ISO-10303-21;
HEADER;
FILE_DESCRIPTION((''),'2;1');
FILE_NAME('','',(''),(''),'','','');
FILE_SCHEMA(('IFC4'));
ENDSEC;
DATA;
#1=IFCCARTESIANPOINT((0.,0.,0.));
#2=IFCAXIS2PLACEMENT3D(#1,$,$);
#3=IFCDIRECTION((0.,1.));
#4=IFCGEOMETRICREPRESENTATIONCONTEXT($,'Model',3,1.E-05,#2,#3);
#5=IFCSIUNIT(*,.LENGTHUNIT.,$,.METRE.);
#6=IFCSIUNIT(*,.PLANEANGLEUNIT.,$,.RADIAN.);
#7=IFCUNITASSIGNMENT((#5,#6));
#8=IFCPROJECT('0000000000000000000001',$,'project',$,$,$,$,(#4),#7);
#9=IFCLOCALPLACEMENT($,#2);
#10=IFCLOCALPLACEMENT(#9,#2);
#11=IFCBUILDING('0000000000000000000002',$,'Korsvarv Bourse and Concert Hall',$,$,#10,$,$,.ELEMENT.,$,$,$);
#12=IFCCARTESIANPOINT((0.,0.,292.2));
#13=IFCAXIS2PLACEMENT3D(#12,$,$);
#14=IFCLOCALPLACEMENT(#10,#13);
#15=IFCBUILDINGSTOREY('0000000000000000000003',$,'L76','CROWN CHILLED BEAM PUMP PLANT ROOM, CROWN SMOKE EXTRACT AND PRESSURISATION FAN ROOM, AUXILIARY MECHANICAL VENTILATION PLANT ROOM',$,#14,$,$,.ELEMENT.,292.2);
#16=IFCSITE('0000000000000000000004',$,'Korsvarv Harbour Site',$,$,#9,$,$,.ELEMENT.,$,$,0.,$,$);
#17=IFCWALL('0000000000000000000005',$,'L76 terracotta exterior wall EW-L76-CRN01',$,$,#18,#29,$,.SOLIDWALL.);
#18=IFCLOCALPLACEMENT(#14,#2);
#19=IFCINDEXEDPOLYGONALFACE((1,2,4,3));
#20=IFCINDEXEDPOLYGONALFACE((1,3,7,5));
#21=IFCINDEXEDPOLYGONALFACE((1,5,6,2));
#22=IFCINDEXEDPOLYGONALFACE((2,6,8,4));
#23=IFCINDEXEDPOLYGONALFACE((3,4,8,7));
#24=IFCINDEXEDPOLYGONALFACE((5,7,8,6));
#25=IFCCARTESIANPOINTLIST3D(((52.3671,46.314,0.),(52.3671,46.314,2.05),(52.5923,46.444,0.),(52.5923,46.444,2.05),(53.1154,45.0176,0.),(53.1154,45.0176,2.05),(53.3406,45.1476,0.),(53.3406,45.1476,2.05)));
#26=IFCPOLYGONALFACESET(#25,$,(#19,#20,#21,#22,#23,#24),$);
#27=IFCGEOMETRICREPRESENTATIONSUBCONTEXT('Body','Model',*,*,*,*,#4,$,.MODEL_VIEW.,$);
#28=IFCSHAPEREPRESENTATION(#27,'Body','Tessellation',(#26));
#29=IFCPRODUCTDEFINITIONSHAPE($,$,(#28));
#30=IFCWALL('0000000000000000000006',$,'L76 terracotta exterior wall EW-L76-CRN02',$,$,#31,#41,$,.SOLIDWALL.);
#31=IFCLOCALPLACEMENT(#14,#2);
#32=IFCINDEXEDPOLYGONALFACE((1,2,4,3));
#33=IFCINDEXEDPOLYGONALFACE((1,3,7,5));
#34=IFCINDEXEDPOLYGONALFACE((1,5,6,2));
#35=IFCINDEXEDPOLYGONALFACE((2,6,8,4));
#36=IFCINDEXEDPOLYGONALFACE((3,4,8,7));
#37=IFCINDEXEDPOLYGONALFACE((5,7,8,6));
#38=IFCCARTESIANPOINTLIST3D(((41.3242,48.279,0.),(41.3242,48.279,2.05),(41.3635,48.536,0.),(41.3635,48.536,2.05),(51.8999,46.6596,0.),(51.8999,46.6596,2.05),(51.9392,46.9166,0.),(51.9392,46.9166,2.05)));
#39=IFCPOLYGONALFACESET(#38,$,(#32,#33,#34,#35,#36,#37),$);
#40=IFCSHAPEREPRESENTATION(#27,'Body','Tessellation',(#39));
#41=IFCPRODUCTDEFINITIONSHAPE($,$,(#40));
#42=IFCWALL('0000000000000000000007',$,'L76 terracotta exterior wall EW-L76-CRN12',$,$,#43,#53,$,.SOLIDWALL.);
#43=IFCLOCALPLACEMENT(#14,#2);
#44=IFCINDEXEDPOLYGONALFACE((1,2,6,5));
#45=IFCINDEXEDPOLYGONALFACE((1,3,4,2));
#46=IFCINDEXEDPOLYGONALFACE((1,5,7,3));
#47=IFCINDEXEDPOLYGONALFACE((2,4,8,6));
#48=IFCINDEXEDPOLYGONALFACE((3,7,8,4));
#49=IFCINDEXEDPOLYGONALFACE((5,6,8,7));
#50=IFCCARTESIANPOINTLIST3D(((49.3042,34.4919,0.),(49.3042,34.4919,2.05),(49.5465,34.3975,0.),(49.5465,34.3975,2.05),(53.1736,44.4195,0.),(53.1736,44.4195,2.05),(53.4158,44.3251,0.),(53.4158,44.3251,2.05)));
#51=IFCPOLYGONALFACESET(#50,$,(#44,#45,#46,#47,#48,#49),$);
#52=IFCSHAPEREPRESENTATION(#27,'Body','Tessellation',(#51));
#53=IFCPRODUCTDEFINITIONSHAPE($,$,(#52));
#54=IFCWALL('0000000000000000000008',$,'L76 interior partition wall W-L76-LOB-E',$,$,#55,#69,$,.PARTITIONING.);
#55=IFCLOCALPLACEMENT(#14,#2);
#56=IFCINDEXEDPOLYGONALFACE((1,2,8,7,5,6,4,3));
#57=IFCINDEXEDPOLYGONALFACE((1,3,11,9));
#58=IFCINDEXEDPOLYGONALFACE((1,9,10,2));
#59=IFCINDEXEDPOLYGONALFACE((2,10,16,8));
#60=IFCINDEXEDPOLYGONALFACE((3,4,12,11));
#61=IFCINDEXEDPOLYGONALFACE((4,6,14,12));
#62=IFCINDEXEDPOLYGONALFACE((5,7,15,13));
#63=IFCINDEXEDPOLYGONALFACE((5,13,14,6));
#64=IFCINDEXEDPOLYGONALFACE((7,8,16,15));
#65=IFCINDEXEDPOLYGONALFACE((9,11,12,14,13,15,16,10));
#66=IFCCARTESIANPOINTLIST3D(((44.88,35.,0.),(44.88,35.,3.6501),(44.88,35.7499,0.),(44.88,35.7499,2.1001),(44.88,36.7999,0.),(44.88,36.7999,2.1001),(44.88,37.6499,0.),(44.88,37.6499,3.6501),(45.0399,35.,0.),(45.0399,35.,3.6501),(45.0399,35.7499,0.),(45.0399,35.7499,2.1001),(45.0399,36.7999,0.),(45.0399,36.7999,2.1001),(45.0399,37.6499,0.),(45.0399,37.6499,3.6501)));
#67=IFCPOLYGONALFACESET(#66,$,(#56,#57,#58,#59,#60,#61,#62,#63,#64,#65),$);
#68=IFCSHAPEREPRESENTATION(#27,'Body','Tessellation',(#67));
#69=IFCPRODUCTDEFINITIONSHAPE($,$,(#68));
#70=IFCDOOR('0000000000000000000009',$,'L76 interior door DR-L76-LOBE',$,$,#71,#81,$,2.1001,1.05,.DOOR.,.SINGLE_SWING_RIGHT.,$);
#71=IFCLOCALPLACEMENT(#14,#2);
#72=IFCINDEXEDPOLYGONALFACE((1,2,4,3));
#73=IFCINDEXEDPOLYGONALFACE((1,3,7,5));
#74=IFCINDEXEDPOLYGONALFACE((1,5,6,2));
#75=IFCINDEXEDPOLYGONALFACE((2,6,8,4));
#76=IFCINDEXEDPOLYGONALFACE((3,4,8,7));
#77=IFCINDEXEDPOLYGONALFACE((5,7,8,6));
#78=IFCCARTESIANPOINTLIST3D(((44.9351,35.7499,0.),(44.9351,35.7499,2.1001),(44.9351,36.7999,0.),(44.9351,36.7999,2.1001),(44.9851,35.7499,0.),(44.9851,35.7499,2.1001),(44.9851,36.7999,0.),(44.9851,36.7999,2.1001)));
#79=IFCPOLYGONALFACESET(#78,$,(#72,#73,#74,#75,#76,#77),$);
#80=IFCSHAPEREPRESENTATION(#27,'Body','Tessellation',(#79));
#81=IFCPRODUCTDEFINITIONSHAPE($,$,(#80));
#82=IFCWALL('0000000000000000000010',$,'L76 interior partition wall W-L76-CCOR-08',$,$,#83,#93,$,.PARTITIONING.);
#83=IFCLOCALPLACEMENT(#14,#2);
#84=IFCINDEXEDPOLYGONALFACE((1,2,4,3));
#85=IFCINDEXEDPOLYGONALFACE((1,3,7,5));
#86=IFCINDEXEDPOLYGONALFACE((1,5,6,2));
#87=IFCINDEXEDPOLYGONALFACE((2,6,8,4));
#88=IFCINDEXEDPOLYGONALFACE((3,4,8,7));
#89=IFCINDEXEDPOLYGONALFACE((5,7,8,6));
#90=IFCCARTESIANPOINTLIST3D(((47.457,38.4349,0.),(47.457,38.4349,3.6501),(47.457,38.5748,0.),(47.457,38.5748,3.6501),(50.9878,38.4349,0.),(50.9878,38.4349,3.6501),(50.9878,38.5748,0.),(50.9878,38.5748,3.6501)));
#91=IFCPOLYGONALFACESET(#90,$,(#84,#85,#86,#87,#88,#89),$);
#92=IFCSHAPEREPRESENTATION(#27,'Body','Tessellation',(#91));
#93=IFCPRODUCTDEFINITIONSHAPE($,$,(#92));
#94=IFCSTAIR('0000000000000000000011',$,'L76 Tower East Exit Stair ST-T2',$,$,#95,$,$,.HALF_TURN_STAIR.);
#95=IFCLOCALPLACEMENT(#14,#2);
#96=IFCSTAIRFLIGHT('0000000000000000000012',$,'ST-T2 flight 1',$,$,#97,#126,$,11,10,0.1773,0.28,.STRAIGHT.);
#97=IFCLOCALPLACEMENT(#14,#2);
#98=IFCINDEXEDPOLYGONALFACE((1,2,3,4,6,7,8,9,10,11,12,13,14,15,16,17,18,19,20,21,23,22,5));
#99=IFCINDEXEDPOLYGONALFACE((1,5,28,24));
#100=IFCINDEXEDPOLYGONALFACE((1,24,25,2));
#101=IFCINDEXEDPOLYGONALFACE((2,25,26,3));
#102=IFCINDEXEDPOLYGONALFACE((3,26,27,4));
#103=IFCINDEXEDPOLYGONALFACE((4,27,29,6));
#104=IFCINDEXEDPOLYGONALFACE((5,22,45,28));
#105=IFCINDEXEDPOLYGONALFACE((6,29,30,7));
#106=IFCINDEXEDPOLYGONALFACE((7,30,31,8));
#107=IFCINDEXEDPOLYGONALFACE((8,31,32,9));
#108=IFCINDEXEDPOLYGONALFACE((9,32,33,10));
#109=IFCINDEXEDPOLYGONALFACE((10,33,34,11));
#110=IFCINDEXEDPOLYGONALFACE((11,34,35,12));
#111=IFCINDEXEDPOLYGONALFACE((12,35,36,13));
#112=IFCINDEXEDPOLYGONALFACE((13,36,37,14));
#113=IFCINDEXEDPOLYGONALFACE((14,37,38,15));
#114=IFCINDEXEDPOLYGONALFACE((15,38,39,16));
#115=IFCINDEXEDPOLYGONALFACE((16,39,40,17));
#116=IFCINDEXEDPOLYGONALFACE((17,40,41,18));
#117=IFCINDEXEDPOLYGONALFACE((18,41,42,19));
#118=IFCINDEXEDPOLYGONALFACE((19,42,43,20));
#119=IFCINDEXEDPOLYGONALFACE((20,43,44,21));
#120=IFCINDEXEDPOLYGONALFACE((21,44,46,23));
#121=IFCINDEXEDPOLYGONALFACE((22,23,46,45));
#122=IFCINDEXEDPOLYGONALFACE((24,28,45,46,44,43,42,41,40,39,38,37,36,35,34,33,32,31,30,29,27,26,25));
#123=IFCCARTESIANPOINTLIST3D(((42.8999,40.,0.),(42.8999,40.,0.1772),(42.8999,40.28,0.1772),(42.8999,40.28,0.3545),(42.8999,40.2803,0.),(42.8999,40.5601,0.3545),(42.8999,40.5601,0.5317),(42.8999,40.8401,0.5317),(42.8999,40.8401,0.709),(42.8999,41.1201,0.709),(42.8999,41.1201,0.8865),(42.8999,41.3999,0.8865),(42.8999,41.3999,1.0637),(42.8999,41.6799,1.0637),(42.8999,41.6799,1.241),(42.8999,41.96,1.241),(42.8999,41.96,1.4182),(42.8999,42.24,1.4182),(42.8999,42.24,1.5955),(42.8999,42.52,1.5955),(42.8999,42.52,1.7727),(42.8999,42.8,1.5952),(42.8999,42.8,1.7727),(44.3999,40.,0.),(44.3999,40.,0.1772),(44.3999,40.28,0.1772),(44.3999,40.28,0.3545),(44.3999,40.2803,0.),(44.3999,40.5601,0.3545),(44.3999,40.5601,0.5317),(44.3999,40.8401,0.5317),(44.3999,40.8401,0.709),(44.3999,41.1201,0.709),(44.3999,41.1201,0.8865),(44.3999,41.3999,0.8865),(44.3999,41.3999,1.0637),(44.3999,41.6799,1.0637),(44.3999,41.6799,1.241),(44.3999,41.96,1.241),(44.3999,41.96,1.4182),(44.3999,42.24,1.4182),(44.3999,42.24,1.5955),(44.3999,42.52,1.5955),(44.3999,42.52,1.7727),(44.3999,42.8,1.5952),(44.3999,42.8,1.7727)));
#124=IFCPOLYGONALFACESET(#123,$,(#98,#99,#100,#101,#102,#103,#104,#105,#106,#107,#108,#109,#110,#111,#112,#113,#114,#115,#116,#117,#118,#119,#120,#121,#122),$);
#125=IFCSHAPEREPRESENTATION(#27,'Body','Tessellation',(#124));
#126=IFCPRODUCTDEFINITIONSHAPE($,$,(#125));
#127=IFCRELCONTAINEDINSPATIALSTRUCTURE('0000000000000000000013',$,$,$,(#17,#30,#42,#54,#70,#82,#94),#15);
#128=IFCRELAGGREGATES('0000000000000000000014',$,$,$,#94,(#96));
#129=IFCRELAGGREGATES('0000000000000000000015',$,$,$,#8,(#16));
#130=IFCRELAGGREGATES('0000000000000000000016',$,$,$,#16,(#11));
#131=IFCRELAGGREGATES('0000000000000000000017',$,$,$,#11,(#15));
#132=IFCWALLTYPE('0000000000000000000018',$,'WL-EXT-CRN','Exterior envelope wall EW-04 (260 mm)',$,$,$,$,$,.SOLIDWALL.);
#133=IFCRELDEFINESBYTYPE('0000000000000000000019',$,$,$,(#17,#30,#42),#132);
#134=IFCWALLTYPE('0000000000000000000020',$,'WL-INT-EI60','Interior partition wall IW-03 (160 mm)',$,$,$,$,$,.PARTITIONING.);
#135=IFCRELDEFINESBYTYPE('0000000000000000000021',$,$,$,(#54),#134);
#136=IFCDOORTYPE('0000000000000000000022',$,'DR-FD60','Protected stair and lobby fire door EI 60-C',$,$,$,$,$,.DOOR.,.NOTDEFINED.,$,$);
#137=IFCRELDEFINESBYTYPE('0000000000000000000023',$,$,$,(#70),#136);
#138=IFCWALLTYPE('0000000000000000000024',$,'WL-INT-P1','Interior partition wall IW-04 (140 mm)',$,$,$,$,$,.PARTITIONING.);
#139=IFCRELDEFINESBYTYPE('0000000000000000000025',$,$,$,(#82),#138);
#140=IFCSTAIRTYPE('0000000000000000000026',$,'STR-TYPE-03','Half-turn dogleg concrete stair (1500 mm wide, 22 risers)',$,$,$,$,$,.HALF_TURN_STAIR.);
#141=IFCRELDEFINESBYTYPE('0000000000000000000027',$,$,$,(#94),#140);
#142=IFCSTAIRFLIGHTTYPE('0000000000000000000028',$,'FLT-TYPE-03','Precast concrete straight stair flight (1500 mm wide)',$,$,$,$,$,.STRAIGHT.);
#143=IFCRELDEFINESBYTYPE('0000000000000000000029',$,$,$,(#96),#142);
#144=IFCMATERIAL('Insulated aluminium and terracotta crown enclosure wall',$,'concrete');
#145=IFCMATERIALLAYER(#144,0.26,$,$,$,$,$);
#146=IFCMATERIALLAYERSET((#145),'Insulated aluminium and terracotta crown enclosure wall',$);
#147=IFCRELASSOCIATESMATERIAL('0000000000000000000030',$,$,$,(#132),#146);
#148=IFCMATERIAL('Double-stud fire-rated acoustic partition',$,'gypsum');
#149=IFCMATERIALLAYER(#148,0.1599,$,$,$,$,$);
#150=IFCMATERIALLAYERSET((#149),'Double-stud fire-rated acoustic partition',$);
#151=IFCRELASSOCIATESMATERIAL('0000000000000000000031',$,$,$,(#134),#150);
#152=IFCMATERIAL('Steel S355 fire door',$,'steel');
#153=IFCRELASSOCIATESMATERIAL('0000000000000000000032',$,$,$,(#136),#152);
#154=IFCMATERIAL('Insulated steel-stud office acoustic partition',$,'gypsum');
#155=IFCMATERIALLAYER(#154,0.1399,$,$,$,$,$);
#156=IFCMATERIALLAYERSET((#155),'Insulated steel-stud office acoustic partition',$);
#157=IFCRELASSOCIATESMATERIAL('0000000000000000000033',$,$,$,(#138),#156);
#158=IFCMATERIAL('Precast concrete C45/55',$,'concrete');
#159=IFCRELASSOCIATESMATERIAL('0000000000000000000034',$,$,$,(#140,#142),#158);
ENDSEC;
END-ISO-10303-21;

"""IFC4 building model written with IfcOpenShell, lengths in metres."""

from ifc_helpers import new_model, si_unit, direction, frame, frame_2d, origin, place, context, subcontext, project, spatial, polyline, rectangle, outline, extrude, material, layer, layer_set, type_object, element, fill, aggregate, save


model = new_model("IFC4")

# Units and contexts
model_context = context("Model", 3, precision=1e-05, world=origin(), true_north=direction((0.0, 1.0)))
body_context = subcontext(model_context, "Body", "Model", "MODEL_VIEW")
ifc_project = project(units=[si_unit("LENGTHUNIT", "METRE"), si_unit("PLANEANGLEUNIT", "RADIAN")], contexts=[model_context])

# Site, building, storey
site_placement = place(None, origin())
site = spatial("IfcSite", under=ifc_project, at=site_placement, Name="Korsvarv Harbour Site", CompositionType="ELEMENT", RefElevation=0.0)
building_placement = place(site_placement, origin())
building = spatial("IfcBuilding", under=site, at=building_placement, Name="Korsvarv Bourse and Concert Hall", CompositionType="ELEMENT")
storey_placement = place(building_placement, frame((0.0, 0.0, 292.2)))
storey = spatial("IfcBuildingStorey", under=building, at=storey_placement, Name="L76", Description="CROWN CHILLED BEAM PUMP PLANT ROOM, CROWN SMOKE EXTRACT AND PRESSURISATION FAN ROOM, AUXILIARY MECHANICAL VENTILATION PLANT ROOM", CompositionType="ELEMENT", Elevation=292.2)

# Walls
ifc_material_1 = material(Name="Insulated aluminium and terracotta crown enclosure wall", Category="concrete")
ifc_layer_1 = layer(ifc_material_1, 0.26)
ifc_layer_set_1 = layer_set([ifc_layer_1], Name="Insulated aluminium and terracotta crown enclosure wall")
wall_type_1 = type_object("IfcWallType", Name="WL-EXT-CRN", Description="Exterior envelope wall EW-04 (260 mm)", PredefinedType="SOLIDWALL", material=ifc_layer_set_1)
wall_1_placement = place(storey_placement, frame((53.228, 45.0825, 0.0), z_axis=(0.0, 0.0, 1.0), x_axis=(-0.499911, 0.866077, 0.0)))
element("IfcWall", 1, at=wall_1_placement, inside=storey, type_object=wall_type_1, Name="L76 terracotta exterior wall EW-L76-CRN01", PredefinedType="SOLIDWALL", context=body_context, shape_type="SweptSolid", body=[
    extrude(rectangle(XDim=1.4968, YDim=0.26, at=frame_2d((0.7485, 0.0))), origin(), (0.0, 0.0, 1.0), 2.05),
])
wall_2_placement = place(storey_placement, frame((51.9197, 46.7881, 0.0), z_axis=(0.0, 0.0, 1.0), x_axis=(-0.988479, 0.151359, 0.0)))
element("IfcWall", 2, at=wall_2_placement, inside=storey, type_object=wall_type_1, Name="L76 terracotta exterior wall EW-L76-CRN02", PredefinedType="SOLIDWALL", context=body_context, shape_type="SweptSolid", body=[
    extrude(rectangle(XDim=10.699, YDim=0.26, at=frame_2d((5.3496, 0.0))), origin(), (0.0, 0.0, 1.0), 2.05),
])
wall_3_placement = place(storey_placement, frame((49.4253, 34.4446, 0.0), z_axis=(0.0, 0.0, 1.0), x_axis=(0.363147, 0.931732, 0.0)))
element("IfcWall", 3, at=wall_3_placement, inside=storey, type_object=wall_type_1, Name="L76 terracotta exterior wall EW-L76-CRN12", PredefinedType="SOLIDWALL", context=body_context, shape_type="SweptSolid", body=[
    extrude(rectangle(XDim=10.655, YDim=0.26, at=frame_2d((5.3276, 0.0))), origin(), (0.0, 0.0, 1.0), 2.05),
])

# Wall, opening, door
ifc_material_2 = material(Name="Double-stud fire-rated acoustic partition", Category="gypsum")
ifc_layer_2 = layer(ifc_material_2, 0.1599)
ifc_layer_set_2 = layer_set([ifc_layer_2], Name="Double-stud fire-rated acoustic partition")
wall_type_2 = type_object("IfcWallType", Name="WL-INT-EI60", Description="Interior partition wall IW-03 (160 mm)", PredefinedType="PARTITIONING", material=ifc_layer_set_2)
wall_4_placement = place(storey_placement, frame((44.96, 35.0, 0.0), z_axis=(0.0, 0.0, 1.0), x_axis=(0.0, 1.0, 0.0)))
wall_4 = element("IfcWall", 4, at=wall_4_placement, inside=storey, type_object=wall_type_2, Name="L76 interior partition wall W-L76-LOB-E", PredefinedType="PARTITIONING", context=body_context, shape_type="SweptSolid", body=[
    extrude(rectangle(XDim=2.6499, YDim=0.1599, at=frame_2d((1.325, 0.0))), origin(), (0.0, 0.0, 1.0), 3.6501),
])
opening_placement = place(wall_4_placement, frame((0.75, 0.0, 0.0)))
opening = element("IfcOpeningElement", 5, at=opening_placement, cuts=wall_4, PredefinedType="OPENING", context=body_context, shape_type="SweptSolid", body=[
    extrude(rectangle(XDim=1.05, YDim=2.1001, at=frame_2d((0.5249, 1.05))), frame((0.0, 0.0898, 0.0), z_axis=(0.0, -1.0, 0.0), x_axis=(1.0, 0.0, 0.0)), (0.0, 0.0, 1.0), 0.1799),
])
ifc_material_3 = material(Name="Steel S355 fire door", Category="steel")
door_type = type_object("IfcDoorType", Name="DR-FD60", Description="Protected stair and lobby fire door EI 60-C", OperationType="NOTDEFINED", PredefinedType="DOOR", material=ifc_material_3)
door_placement = place(opening_placement, origin())
door = element("IfcDoor", 6, at=door_placement, inside=storey, type_object=door_type, Name="L76 interior door DR-L76-LOBE", OperationType="SINGLE_SWING_RIGHT", OverallHeight=2.1001, OverallWidth=1.05, PredefinedType="DOOR", context=body_context, shape_type="SweptSolid", body=[
    extrude(rectangle(XDim=1.05, YDim=2.1001, at=frame_2d((0.5249, 1.05))), frame((0.0, 0.0249, 0.0), z_axis=(0.0, -1.0, 0.0), x_axis=(1.0, 0.0, 0.0)), (0.0, 0.0, 1.0), 0.05),
])
fill(opening, door)

# Wall
ifc_material_4 = material(Name="Insulated steel-stud office acoustic partition", Category="gypsum")
ifc_layer_3 = layer(ifc_material_4, 0.1399)
ifc_layer_set_3 = layer_set([ifc_layer_3], Name="Insulated steel-stud office acoustic partition")
wall_type_3 = type_object("IfcWallType", Name="WL-INT-P1", Description="Interior partition wall IW-04 (140 mm)", PredefinedType="PARTITIONING", material=ifc_layer_set_3)
wall_5_placement = place(storey_placement, frame((47.457, 38.5049, 0.0), z_axis=(0.0, 0.0, 1.0), x_axis=(1.0, 0.0, 0.0)))
element("IfcWall", 7, at=wall_5_placement, inside=storey, type_object=wall_type_3, Name="L76 interior partition wall W-L76-CCOR-08", PredefinedType="PARTITIONING", context=body_context, shape_type="SweptSolid", body=[
    extrude(rectangle(XDim=3.5308, YDim=0.1399, at=frame_2d((1.7654, 0.0))), origin(), (0.0, 0.0, 1.0), 3.6501),
])

# Stair, stair flight
ifc_material_5 = material(Name="Precast concrete C45/55", Category="concrete")
stair_type = type_object("IfcStairType", Name="STR-TYPE-03", Description="Half-turn dogleg concrete stair (1500 mm wide, 22 risers)", PredefinedType="HALF_TURN_STAIR", material=ifc_material_5)
stair_placement = place(storey_placement, origin())
stair = element("IfcStair", 8, at=stair_placement, inside=storey, type_object=stair_type, Name="L76 Tower East Exit Stair ST-T2", PredefinedType="HALF_TURN_STAIR")
stair_flight_type = type_object("IfcStairFlightType", Name="FLT-TYPE-03", Description="Precast concrete straight stair flight (1500 mm wide)", PredefinedType="STRAIGHT", material=ifc_material_5)
stair_flight_placement = place(storey_placement, frame((43.6499, 40.0, 0.0), z_axis=(0.0, 0.0, 1.0), x_axis=(0.0, 1.0, 0.0)))
stair_flight = element("IfcStairFlight", 9, at=stair_flight_placement, type_object=stair_flight_type, Name="ST-T2 flight 1", NumberOfRisers=11, NumberOfTreads=10, PredefinedType="STRAIGHT", RiserHeight=0.1773, TreadLength=0.28, context=body_context, shape_type="SweptSolid", body=[
    extrude(outline(polyline([(0.0, 0.0), (0.0, 0.1772), (0.28, 0.1772), (0.28, 0.3545), (0.5601, 0.3545), (0.5601, 0.5317), (0.8401, 0.5317), (0.8401, 0.709), (1.1201, 0.709), (1.1201, 0.8865), (1.3999, 0.8865), (1.3999, 1.0637), (1.6799, 1.0637), (1.6799, 1.241), (1.96, 1.241), (1.96, 1.4182), (2.24, 1.4182), (2.24, 1.5955), (2.52, 1.5955), (2.52, 1.7727), (2.8, 1.7727), (2.8, 1.95), (2.8, 1.5952), (0.2803, 0.0), (0.0, 0.0)])), frame((0.0, 0.75, 0.0), z_axis=(0.0, -1.0, 0.0), x_axis=(1.0, 0.0, 0.0)), (0.0, 0.0, 1.0), 1.5),
])
aggregate(stair, [stair_flight])

save(model, "model.ifc")
